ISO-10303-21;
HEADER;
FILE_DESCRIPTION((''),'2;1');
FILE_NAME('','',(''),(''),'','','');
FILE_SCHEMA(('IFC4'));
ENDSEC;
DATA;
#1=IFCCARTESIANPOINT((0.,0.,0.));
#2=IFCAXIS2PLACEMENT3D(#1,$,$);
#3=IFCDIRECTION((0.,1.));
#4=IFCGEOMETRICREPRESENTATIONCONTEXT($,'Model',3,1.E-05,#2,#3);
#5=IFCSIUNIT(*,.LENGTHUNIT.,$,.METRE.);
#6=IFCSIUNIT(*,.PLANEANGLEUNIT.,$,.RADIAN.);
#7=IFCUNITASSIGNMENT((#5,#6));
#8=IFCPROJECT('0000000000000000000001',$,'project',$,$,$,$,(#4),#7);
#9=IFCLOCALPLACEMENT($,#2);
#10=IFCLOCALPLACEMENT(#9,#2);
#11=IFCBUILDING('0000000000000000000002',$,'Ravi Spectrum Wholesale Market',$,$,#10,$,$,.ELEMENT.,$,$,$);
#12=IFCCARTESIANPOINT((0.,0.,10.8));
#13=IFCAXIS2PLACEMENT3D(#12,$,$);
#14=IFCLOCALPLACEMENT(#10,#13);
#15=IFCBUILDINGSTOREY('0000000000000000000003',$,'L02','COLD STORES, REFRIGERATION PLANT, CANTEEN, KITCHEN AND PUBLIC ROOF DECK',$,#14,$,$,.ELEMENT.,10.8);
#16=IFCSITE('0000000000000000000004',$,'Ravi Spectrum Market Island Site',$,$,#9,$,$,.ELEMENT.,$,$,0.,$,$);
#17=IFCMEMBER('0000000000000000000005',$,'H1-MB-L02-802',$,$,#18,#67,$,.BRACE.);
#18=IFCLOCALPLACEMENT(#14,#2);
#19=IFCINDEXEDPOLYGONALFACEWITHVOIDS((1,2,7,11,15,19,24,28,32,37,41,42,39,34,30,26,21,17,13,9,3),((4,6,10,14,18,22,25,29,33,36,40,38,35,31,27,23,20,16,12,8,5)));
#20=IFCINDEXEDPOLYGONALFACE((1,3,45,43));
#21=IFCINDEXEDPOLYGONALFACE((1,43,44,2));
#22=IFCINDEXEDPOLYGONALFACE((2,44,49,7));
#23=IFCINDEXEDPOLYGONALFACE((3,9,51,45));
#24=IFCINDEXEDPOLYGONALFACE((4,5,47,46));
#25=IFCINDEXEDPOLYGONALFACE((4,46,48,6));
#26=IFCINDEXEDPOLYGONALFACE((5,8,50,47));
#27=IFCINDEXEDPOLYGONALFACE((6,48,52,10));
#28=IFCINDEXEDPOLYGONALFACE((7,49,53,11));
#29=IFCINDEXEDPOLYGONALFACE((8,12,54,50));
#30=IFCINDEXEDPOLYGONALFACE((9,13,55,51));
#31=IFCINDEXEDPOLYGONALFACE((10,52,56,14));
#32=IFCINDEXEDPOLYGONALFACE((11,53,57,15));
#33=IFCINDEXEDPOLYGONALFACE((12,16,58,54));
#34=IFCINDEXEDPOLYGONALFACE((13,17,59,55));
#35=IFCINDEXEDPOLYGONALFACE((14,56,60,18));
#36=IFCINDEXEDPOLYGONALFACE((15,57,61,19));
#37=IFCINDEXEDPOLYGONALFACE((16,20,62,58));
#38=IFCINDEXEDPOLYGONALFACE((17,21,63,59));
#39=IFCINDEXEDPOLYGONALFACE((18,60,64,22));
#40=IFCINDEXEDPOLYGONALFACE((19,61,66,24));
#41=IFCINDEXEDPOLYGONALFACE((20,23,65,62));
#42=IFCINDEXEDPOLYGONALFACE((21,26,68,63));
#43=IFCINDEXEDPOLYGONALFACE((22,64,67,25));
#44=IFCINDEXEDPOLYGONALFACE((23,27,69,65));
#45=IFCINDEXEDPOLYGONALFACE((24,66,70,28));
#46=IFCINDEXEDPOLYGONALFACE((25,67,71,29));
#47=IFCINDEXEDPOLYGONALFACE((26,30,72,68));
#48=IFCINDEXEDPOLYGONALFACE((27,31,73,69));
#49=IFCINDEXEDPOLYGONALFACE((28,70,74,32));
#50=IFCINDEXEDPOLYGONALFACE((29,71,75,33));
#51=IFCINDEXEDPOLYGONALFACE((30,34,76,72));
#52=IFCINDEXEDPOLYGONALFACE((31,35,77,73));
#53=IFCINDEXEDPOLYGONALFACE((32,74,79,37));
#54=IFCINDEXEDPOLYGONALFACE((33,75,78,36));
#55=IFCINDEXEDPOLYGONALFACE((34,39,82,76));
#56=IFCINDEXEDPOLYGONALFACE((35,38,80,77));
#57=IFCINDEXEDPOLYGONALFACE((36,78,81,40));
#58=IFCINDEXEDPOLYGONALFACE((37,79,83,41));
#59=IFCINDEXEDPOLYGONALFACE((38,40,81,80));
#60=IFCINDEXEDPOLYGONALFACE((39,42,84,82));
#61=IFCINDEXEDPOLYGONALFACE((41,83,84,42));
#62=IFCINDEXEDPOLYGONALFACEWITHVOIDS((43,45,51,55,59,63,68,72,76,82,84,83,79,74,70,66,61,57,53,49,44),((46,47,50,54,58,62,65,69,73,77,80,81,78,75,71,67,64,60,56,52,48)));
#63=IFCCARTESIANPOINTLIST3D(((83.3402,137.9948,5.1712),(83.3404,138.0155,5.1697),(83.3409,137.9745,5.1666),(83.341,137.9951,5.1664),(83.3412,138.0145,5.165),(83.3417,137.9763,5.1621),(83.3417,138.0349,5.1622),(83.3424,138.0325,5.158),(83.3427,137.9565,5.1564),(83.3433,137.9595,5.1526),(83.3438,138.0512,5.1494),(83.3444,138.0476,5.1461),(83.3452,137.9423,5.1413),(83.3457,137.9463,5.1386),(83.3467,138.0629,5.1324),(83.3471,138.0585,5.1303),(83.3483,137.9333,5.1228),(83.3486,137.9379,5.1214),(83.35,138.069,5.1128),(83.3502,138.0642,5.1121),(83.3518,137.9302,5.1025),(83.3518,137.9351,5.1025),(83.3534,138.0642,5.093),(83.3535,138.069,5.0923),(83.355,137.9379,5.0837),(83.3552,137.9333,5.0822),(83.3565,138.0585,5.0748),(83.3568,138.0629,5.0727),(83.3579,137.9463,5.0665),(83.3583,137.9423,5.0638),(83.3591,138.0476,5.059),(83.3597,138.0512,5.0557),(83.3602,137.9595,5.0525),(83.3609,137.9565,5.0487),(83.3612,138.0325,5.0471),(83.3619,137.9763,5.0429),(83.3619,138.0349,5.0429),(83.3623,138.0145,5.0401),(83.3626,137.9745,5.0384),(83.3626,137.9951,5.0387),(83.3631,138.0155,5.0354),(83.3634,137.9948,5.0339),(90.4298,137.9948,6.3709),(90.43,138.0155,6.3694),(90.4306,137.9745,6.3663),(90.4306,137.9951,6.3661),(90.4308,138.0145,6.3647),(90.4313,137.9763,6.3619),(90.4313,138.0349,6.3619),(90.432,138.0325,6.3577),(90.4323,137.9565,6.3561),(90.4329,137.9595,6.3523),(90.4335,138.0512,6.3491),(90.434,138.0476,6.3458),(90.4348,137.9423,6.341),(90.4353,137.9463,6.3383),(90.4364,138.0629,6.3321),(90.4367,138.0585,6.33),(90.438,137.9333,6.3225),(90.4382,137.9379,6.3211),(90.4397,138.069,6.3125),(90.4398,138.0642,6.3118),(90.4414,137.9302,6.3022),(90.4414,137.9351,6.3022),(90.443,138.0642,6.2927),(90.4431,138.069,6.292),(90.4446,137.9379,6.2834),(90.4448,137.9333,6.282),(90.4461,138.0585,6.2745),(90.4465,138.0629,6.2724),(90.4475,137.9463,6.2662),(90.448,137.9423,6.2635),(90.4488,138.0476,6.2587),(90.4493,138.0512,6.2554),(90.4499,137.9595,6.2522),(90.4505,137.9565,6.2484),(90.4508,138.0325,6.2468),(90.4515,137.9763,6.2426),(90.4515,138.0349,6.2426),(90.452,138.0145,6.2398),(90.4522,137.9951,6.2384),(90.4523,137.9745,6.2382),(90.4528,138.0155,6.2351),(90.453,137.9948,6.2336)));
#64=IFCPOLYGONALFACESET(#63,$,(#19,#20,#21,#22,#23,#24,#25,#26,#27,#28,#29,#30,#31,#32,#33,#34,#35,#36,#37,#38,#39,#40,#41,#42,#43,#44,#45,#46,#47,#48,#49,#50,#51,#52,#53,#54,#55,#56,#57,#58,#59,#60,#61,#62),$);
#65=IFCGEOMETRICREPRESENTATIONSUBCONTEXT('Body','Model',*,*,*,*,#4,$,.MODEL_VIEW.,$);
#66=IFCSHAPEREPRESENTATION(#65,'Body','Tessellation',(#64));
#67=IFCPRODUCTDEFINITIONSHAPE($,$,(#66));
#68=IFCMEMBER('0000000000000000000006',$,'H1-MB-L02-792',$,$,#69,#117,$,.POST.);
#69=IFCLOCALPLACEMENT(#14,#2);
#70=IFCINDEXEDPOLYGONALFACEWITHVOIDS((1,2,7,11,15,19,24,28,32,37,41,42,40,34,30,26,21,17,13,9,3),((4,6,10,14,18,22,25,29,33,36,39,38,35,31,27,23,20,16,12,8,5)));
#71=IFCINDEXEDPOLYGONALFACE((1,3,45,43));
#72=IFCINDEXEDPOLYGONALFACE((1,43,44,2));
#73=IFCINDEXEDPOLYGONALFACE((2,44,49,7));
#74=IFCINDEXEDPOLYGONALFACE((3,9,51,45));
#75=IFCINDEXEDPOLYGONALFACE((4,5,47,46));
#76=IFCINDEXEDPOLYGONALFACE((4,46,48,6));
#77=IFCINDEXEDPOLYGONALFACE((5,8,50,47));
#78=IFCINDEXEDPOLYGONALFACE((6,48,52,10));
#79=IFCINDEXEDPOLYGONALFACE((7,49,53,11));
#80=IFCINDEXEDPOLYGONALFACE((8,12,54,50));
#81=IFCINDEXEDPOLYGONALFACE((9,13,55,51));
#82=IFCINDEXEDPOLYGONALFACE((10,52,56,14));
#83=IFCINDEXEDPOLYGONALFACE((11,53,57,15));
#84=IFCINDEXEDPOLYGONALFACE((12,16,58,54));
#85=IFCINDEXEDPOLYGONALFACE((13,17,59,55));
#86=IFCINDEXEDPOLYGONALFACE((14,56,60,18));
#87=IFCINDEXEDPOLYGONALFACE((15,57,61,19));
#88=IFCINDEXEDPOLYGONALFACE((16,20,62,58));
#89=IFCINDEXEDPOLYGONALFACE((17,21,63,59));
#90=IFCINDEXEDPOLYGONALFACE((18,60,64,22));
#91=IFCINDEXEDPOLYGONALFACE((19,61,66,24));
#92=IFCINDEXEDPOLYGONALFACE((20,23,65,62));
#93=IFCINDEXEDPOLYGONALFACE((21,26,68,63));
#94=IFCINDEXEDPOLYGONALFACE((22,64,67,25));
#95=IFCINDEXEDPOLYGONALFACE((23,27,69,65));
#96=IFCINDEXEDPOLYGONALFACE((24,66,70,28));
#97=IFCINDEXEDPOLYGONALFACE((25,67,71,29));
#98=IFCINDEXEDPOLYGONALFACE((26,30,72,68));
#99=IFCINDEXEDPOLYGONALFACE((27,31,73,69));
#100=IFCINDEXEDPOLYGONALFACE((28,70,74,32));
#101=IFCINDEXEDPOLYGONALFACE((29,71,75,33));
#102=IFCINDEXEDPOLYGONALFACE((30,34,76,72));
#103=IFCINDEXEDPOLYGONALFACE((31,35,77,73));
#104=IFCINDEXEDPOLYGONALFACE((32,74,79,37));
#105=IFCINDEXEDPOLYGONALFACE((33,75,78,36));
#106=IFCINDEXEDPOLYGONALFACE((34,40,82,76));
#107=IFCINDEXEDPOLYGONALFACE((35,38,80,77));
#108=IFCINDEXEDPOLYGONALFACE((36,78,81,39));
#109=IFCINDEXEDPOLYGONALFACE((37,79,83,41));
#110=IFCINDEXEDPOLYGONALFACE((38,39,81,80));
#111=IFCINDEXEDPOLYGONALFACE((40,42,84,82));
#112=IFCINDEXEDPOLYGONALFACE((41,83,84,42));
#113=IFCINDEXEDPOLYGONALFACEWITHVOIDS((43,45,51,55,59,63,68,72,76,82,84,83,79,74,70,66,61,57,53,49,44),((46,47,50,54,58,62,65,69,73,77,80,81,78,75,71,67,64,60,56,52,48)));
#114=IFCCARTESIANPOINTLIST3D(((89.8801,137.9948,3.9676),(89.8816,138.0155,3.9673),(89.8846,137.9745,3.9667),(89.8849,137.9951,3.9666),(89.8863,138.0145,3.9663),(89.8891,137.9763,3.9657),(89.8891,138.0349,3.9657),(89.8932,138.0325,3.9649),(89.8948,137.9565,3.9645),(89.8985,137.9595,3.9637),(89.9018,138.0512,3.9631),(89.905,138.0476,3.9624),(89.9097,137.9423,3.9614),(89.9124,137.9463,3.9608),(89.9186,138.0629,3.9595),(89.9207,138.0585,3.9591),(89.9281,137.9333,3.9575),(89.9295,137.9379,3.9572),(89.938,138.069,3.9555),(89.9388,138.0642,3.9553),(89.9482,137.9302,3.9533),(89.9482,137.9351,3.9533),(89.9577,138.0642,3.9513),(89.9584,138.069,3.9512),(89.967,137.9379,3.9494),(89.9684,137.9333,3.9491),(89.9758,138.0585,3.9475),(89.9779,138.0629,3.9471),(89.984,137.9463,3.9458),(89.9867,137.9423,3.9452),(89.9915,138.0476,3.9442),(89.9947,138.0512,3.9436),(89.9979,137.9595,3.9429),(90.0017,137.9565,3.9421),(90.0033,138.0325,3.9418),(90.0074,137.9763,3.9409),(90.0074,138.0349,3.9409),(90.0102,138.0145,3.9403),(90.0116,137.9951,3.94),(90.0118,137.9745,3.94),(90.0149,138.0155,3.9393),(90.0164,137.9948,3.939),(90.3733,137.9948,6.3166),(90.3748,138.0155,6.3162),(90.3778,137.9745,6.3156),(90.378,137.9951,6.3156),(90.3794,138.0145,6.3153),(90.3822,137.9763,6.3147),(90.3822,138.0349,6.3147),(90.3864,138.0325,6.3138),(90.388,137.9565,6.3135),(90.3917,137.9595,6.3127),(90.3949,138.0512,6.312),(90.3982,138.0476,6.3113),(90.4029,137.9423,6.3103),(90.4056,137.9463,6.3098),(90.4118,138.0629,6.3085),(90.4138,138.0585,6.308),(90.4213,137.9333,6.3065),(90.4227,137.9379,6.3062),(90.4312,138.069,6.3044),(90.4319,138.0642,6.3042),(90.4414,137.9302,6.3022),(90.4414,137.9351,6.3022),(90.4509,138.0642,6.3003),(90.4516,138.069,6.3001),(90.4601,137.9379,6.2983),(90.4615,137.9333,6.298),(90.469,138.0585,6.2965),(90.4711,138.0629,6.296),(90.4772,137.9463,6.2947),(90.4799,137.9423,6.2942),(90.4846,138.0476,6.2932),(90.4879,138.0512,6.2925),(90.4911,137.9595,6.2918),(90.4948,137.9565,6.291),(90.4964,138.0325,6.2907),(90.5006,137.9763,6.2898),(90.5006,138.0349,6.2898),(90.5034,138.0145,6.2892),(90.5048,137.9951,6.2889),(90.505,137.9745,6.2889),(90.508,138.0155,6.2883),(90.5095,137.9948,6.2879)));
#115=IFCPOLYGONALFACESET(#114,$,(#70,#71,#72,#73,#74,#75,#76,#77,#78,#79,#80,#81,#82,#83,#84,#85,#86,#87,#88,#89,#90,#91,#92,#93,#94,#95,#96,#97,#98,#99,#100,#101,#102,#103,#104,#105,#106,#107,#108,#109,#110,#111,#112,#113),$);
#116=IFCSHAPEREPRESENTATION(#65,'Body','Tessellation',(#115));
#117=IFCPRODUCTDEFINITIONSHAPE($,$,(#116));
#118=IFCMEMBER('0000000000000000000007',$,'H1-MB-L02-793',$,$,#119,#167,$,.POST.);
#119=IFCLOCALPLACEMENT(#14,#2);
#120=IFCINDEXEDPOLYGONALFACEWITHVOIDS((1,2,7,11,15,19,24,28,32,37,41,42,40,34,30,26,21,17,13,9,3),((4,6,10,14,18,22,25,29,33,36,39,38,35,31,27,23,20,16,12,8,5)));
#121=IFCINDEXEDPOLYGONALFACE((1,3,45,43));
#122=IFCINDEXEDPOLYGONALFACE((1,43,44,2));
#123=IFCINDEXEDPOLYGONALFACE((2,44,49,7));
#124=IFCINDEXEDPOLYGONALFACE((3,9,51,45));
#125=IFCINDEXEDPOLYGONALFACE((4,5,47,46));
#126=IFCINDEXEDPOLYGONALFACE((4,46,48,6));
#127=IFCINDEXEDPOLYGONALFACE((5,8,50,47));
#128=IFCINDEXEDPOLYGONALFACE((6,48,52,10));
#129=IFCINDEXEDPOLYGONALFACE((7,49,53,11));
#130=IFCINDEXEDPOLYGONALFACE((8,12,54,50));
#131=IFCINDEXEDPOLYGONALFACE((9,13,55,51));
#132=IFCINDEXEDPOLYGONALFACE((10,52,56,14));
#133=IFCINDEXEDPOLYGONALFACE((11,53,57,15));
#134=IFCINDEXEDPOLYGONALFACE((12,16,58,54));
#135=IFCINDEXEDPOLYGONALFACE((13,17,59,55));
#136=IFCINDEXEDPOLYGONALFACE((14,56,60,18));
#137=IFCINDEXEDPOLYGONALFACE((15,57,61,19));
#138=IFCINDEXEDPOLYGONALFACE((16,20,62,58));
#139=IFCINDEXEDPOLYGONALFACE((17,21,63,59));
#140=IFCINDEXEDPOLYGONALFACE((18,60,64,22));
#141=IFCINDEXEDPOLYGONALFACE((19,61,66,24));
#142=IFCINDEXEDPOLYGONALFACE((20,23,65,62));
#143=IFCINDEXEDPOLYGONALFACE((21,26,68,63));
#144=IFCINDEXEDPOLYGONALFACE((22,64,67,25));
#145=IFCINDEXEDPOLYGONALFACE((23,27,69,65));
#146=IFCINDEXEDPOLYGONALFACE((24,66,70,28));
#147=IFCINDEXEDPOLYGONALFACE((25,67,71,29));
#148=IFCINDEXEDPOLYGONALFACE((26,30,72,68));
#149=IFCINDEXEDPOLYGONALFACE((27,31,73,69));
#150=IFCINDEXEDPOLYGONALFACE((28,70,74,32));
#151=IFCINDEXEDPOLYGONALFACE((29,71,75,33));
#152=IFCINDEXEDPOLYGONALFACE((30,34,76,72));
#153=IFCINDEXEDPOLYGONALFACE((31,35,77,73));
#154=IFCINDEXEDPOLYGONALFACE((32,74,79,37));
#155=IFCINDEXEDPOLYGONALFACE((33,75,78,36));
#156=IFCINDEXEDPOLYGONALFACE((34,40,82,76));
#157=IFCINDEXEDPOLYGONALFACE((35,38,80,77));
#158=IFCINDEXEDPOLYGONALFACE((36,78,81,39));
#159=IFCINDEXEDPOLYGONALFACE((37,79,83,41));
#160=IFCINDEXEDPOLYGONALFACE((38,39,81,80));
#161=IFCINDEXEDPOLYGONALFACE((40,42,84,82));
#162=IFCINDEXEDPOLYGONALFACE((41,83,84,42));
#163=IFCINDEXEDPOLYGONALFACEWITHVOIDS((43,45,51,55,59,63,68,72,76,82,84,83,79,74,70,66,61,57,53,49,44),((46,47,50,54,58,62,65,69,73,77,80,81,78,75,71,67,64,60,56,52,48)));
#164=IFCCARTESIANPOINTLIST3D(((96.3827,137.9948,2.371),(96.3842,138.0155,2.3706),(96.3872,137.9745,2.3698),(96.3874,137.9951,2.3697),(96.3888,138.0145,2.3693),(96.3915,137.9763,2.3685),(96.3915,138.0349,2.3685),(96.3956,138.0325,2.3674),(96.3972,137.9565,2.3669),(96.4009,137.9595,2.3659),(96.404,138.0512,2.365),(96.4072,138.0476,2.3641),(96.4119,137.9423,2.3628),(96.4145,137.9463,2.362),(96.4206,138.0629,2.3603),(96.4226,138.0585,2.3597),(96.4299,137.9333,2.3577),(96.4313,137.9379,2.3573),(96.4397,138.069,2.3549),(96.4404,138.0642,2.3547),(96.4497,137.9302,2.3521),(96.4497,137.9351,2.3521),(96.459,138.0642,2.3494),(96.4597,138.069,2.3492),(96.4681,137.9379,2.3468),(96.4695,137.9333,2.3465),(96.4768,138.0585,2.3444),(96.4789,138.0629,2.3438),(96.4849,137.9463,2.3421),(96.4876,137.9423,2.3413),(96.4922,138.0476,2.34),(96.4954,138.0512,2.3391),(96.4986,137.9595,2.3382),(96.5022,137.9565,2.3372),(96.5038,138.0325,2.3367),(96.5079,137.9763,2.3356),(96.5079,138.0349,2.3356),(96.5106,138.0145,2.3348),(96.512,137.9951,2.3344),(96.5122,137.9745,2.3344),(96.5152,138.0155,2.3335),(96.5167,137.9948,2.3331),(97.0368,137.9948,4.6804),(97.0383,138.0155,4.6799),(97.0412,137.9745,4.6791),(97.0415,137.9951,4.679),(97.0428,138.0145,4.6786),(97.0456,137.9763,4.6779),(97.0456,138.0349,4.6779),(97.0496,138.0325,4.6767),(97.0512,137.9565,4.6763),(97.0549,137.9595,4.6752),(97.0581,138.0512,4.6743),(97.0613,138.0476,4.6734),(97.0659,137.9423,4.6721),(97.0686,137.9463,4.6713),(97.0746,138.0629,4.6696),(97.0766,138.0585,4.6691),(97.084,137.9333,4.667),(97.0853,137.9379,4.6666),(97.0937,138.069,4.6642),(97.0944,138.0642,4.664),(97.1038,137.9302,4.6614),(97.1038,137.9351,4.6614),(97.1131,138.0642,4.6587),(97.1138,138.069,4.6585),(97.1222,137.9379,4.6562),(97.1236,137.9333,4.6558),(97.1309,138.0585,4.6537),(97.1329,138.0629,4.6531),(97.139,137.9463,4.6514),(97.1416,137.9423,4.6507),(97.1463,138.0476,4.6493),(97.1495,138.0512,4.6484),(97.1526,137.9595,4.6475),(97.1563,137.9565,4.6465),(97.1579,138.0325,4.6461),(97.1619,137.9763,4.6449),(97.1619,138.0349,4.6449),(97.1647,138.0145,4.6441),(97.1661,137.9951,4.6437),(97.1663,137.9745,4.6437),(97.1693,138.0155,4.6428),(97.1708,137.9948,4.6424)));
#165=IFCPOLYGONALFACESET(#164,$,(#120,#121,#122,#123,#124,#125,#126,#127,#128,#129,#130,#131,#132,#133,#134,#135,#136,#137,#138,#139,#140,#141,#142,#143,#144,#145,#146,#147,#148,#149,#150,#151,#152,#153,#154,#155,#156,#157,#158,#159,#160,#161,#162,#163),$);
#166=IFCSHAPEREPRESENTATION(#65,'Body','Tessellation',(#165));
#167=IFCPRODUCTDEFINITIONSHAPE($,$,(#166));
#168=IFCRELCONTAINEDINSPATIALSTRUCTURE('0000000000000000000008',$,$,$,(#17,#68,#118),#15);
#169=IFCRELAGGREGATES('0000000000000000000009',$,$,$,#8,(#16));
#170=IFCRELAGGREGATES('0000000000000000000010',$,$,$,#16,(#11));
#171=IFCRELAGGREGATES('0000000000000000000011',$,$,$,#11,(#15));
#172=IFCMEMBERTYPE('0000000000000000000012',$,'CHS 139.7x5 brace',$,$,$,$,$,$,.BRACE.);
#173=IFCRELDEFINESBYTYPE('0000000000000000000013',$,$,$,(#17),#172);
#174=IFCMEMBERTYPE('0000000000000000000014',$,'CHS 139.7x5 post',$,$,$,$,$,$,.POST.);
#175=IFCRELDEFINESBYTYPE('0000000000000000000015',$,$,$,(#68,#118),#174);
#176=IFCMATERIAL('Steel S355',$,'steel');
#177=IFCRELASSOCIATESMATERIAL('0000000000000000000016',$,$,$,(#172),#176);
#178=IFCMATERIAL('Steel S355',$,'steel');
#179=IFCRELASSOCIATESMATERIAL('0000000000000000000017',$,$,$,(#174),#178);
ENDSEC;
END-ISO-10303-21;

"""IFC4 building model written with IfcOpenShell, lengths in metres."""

from ifc_helpers import new_model, si_unit, direction, frame, origin, origin_2d, place, context, subcontext, project, spatial, hollow_circle, extrude, material, material_profile, profile_set, type_object, element, save


model = new_model("IFC4")

# Units and contexts
model_context = context("Model", 3, precision=1e-05, world=origin(), true_north=direction((0.0, 1.0)))
body_context = subcontext(model_context, "Body", "Model", "MODEL_VIEW")
ifc_project = project(units=[si_unit("LENGTHUNIT", "METRE"), si_unit("PLANEANGLEUNIT", "RADIAN")], contexts=[model_context])

# Site, building, storey
site_placement = place(None, origin())
site = spatial("IfcSite", under=ifc_project, at=site_placement, Name="Ravi Spectrum Market Island Site", CompositionType="ELEMENT", RefElevation=0.0)
building_placement = place(site_placement, origin())
building = spatial("IfcBuilding", under=site, at=building_placement, Name="Ravi Spectrum Wholesale Market", CompositionType="ELEMENT")
storey_placement = place(building_placement, frame((0.0, 0.0, 10.8)))
storey = spatial("IfcBuildingStorey", under=building, at=storey_placement, Name="L02", Description="COLD STORES, REFRIGERATION PLANT, CANTEEN, KITCHEN AND PUBLIC ROOF DECK", CompositionType="ELEMENT", Elevation=10.8)

# Members
ifc_material_1 = material(Name="Steel S355", Category="steel")
ifc_material_profile_1 = material_profile(ifc_material_1, hollow_circle(Radius=0.0698, WallThickness=0.0049, at=origin_2d()))
ifc_profile_set_1 = profile_set([ifc_material_profile_1], Name="Steel S355")
member_type_1 = type_object("IfcMemberType", Name="CHS 139.7x5 brace", PredefinedType="BRACE", material=ifc_profile_set_1)
member_1_placement = place(storey_placement, frame((90.4414, 138.0, 6.3022), z_axis=(-0.985983, 0.0, -0.166849), x_axis=(0.0, -1.0, 0.0)))
element("IfcMember", 1, at=member_1_placement, inside=storey, type_object=member_type_1, Name="H1-MB-L02-802", PredefinedType="BRACE", context=body_context, shape_type="SweptSolid", body=[
    extrude(hollow_circle(Radius=0.0698, WallThickness=0.0049, at=origin_2d()), origin(), (0.0, 0.0, 1.0), 7.1904),
])
ifc_material_2 = material(Name="Steel S355", Category="steel")
ifc_material_profile_2 = material_profile(ifc_material_2, hollow_circle(Radius=0.0698, WallThickness=0.0049, at=origin_2d()))
ifc_profile_set_2 = profile_set([ifc_material_profile_2], Name="Steel S355")
member_type_2 = type_object("IfcMemberType", Name="CHS 139.7x5 post", PredefinedType="POST", material=ifc_profile_set_2)
for number, where, z_axis, x_axis, name in (
    (2, (90.4414, 138.0, 6.3022), (-0.205477, 0.0, -0.978662), (0.0, -1.0, 0.0), "H1-MB-L02-792"),
    (3, (97.1038, 138.0, 4.6614), (-0.272504, 0.0, -0.962155), (0.0, -1.0, 0.0), "H1-MB-L02-793"),
):
    element("IfcMember", number, at=place(storey_placement, frame(where, z_axis=z_axis, x_axis=x_axis)), inside=storey, type_object=member_type_2, Name=name, PredefinedType="POST", context=body_context, shape_type="SweptSolid", body=[
        extrude(hollow_circle(Radius=0.0698, WallThickness=0.0049, at=origin_2d()), origin(), (0.0, 0.0, 1.0), 2.4001),
    ])

save(model, "model.ifc")
